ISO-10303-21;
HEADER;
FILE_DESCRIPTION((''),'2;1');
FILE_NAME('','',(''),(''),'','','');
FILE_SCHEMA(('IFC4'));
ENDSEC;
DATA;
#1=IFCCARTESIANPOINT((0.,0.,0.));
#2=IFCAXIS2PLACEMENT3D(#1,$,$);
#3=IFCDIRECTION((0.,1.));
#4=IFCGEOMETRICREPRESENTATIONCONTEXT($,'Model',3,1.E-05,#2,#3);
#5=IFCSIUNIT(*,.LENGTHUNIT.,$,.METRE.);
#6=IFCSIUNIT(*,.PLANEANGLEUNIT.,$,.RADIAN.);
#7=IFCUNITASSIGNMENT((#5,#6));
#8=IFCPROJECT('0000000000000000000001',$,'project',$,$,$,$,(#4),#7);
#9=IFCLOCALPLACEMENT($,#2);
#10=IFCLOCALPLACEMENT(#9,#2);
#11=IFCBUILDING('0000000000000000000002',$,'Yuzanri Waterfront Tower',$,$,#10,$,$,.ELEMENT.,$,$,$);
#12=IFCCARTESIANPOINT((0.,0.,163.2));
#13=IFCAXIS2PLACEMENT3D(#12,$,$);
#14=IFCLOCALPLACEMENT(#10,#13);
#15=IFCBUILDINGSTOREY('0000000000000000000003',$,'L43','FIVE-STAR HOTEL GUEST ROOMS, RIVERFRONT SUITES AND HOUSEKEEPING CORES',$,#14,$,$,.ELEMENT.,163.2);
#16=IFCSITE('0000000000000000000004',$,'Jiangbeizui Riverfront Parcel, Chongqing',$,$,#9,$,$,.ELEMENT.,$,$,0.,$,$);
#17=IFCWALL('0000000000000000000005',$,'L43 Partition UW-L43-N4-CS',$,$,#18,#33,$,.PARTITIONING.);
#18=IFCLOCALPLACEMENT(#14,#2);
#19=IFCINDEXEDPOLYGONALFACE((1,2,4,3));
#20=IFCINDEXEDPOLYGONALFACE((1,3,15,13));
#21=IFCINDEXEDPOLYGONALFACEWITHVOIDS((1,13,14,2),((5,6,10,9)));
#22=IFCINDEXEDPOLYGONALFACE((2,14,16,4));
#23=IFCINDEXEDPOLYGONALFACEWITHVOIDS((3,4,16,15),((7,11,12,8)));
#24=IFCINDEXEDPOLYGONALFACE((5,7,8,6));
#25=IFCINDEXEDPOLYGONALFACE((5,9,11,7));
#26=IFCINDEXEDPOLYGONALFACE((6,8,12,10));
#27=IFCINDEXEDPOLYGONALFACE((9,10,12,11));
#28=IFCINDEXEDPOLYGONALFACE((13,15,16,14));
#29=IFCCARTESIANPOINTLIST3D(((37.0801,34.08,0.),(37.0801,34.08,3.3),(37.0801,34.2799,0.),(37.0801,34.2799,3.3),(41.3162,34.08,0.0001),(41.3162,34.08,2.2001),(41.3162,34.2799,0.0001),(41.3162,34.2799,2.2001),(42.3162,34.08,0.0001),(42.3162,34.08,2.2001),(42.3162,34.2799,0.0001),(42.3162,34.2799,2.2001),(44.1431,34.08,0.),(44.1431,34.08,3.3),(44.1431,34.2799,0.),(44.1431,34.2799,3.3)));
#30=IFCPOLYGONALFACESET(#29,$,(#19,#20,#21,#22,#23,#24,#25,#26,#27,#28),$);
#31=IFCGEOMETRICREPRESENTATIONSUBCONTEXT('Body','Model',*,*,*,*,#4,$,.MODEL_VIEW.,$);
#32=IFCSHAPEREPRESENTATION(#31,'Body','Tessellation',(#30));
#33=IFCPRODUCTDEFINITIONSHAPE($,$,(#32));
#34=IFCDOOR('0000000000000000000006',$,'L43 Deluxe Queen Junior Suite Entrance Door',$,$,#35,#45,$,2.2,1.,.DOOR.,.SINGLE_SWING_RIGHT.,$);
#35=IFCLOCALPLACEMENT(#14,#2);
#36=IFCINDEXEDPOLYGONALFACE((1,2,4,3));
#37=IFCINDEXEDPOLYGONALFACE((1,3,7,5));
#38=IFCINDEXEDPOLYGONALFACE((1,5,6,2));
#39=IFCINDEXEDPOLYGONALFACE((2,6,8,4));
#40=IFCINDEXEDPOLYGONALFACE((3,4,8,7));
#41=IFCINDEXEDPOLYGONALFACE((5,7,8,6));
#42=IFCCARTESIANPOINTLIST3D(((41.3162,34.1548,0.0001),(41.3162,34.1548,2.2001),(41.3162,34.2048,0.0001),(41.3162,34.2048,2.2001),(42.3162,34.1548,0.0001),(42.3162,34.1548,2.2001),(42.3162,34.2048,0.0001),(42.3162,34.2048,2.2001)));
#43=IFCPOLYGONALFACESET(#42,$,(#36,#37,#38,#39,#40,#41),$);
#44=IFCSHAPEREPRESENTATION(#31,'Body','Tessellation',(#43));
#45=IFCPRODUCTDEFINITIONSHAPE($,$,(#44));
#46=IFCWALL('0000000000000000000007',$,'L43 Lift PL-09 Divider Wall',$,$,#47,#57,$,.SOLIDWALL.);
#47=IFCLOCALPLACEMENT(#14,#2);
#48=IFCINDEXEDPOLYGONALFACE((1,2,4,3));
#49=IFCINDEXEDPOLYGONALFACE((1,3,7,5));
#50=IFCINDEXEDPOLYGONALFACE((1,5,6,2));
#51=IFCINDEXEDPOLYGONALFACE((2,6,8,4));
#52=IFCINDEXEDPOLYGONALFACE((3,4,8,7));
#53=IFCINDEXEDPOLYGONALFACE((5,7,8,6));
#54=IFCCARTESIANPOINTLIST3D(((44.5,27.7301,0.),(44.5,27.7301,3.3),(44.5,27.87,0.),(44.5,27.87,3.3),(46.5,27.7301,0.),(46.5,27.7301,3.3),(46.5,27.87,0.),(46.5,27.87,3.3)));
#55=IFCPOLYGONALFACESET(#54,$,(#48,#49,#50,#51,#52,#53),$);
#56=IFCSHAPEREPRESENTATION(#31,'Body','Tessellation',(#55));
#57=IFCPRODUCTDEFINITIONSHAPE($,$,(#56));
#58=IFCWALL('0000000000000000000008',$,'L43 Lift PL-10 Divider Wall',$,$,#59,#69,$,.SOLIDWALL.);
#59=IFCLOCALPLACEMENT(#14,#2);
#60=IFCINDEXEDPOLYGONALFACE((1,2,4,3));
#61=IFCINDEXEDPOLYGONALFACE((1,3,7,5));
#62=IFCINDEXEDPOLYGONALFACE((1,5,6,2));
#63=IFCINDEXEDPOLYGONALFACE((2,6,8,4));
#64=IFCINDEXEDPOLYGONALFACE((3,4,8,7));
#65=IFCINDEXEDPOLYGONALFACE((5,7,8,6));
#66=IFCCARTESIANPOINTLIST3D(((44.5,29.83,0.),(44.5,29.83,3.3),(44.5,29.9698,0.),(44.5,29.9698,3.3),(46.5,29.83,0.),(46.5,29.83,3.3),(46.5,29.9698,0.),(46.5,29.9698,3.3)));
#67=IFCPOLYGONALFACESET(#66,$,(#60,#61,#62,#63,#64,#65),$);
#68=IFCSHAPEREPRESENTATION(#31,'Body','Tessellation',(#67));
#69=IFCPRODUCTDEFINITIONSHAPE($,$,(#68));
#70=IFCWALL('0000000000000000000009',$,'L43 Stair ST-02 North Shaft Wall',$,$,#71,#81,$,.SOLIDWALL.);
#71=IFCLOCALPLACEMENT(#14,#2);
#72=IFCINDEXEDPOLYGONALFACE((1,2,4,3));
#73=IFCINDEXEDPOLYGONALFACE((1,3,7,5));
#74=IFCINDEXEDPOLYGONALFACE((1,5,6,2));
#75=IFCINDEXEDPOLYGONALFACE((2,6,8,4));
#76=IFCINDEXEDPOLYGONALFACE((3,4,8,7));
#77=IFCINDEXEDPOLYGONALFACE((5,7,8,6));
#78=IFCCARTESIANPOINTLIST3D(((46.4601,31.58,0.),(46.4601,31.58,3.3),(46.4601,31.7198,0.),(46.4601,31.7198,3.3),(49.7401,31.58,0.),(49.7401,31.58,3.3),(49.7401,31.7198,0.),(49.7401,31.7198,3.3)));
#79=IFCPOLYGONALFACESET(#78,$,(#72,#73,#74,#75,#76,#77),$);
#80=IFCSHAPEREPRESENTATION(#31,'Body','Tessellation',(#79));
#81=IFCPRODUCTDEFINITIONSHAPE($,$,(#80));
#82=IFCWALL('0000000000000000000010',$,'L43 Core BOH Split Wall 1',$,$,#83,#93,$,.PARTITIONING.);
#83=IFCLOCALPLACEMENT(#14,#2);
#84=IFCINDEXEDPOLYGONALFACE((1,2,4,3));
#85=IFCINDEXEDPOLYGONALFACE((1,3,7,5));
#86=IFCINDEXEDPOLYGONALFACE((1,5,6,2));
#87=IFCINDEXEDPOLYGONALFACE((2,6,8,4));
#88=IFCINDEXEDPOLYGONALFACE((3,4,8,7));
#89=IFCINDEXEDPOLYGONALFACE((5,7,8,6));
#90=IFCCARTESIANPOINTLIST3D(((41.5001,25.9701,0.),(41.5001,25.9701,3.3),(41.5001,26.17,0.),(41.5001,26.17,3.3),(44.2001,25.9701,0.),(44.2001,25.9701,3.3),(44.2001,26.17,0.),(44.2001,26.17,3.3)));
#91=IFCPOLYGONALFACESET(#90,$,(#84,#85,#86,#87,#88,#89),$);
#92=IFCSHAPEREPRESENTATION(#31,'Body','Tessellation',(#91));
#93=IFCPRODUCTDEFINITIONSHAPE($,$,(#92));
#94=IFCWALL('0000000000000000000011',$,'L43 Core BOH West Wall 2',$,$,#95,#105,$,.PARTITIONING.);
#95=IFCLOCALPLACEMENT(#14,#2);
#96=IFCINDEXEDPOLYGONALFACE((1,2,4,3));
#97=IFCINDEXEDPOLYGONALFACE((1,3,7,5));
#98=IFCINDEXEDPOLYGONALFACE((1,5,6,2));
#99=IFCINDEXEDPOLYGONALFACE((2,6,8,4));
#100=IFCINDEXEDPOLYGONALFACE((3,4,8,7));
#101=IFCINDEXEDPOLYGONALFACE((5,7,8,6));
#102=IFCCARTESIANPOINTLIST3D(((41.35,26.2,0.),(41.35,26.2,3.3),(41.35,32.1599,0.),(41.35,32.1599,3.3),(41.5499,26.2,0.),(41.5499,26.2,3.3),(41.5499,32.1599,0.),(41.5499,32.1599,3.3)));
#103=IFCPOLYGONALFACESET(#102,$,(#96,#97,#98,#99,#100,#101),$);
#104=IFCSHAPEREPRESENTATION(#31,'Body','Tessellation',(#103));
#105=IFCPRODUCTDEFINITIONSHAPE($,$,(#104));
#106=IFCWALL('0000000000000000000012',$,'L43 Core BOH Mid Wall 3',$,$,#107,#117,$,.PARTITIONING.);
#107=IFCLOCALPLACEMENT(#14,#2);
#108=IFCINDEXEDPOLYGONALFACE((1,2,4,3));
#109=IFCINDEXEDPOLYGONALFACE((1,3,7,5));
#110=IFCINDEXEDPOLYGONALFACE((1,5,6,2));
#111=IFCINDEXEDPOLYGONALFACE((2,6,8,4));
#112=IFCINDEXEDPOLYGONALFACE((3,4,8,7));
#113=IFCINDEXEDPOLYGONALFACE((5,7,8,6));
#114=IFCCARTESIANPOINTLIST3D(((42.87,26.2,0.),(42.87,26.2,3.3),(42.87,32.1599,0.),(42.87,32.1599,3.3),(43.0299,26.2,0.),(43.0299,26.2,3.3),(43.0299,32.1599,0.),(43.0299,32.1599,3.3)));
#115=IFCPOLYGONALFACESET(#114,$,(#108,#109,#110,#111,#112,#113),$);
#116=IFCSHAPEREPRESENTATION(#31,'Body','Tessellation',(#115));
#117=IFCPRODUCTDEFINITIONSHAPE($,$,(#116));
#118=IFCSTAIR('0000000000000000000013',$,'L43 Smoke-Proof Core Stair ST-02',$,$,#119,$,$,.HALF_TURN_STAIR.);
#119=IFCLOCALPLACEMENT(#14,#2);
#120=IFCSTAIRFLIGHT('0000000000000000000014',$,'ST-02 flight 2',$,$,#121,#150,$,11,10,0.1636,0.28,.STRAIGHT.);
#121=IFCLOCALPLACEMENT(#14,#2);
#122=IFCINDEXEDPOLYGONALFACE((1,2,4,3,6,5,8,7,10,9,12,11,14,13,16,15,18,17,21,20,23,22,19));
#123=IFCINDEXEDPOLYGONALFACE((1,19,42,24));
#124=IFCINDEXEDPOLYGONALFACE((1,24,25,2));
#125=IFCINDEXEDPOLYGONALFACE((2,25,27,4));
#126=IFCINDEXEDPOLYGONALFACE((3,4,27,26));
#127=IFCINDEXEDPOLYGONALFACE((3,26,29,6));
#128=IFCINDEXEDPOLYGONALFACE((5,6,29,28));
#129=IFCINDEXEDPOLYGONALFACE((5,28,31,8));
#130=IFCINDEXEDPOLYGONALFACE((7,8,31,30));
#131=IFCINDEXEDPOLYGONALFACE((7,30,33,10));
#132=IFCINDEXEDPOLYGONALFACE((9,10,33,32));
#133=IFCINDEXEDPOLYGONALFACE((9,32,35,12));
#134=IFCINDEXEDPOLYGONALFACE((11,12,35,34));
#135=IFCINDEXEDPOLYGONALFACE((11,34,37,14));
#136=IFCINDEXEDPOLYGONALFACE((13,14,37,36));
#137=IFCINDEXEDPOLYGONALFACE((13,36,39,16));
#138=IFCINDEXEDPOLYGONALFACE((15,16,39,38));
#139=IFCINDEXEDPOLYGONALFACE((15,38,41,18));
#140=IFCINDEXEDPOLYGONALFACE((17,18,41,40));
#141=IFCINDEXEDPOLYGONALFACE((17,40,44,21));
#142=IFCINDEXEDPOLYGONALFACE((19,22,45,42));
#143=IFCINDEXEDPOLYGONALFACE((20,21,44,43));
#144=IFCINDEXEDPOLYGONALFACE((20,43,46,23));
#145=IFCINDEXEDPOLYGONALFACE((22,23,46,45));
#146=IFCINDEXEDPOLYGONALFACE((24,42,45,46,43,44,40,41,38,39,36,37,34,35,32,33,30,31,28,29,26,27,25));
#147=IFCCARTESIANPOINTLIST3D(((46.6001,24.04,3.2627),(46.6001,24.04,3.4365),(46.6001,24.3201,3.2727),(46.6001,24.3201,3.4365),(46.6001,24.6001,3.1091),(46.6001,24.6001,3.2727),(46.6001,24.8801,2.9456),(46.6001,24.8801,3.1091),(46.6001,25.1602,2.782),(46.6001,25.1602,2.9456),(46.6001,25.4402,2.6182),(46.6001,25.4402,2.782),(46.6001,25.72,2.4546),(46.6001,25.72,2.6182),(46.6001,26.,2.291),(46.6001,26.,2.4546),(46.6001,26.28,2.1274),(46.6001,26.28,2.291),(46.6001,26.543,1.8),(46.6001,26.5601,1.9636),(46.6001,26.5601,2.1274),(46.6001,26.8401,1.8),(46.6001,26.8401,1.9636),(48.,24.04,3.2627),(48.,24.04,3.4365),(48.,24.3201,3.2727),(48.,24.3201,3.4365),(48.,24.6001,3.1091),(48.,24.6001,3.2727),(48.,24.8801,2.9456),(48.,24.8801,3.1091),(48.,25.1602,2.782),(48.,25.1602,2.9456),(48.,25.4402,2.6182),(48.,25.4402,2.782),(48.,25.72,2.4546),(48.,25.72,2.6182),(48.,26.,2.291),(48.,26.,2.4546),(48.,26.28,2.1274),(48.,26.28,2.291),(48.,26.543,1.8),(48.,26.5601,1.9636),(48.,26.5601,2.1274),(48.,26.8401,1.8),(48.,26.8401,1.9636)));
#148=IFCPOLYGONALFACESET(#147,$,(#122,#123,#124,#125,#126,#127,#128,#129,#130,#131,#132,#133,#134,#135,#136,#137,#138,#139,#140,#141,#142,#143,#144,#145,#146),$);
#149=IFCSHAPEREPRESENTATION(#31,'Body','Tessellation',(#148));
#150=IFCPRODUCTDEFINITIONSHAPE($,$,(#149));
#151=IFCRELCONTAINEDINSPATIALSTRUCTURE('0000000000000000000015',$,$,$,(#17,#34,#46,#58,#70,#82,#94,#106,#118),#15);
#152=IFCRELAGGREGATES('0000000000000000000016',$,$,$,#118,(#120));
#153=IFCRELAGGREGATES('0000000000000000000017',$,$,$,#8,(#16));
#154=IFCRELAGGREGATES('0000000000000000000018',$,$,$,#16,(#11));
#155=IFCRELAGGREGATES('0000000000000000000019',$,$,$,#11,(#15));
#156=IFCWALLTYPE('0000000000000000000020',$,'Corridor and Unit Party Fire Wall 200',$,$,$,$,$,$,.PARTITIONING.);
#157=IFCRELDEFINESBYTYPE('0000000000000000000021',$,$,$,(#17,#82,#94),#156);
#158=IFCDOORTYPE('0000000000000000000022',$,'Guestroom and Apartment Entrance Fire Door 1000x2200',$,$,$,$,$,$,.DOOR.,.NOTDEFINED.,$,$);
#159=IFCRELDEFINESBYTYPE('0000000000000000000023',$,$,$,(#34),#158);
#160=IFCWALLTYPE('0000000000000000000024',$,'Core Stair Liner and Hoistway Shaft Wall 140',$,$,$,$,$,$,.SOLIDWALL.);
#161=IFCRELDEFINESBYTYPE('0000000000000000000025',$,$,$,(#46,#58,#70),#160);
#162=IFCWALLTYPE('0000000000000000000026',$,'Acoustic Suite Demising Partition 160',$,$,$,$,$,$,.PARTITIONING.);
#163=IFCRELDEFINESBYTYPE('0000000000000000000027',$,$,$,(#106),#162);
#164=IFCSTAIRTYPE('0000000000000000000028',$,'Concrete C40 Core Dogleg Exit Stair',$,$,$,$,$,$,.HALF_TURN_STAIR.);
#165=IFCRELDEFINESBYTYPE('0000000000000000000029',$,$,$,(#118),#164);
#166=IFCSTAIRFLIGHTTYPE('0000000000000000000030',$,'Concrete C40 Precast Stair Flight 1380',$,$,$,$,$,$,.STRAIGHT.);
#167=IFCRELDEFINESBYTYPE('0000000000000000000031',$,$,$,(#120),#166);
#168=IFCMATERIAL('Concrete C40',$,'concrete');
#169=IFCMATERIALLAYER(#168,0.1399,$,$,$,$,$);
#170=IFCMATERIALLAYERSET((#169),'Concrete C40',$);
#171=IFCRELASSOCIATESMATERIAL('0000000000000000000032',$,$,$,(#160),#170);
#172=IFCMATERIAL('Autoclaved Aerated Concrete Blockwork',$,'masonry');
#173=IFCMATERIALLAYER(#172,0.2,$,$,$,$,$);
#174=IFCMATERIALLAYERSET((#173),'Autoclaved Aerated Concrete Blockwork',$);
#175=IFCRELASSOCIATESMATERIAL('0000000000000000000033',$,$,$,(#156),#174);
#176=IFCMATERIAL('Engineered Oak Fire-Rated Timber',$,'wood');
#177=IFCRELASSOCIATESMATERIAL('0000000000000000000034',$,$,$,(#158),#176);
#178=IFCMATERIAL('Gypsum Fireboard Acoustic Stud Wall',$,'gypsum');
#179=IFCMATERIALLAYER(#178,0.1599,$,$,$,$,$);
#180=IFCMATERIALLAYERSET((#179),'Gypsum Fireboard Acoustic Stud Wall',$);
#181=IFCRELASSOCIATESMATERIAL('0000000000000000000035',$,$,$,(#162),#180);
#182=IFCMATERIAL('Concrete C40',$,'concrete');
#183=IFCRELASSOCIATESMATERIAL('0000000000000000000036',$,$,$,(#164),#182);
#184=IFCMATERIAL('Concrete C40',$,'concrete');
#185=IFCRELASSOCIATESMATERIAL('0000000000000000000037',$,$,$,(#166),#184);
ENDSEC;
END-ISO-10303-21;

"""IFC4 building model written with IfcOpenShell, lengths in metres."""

from ifc_helpers import new_model, si_unit, direction, frame, frame_2d, origin, place, context, subcontext, project, spatial, polyline, rectangle, outline, extrude, source, transform, mapped, material, layer, layer_set, type_object, element, fill, aggregate, save


model = new_model("IFC4")

# Units and contexts
model_context = context("Model", 3, precision=1e-05, world=origin(), true_north=direction((0.0, 1.0)))
body_context = subcontext(model_context, "Body", "Model", "MODEL_VIEW")
ifc_project = project(units=[si_unit("LENGTHUNIT", "METRE"), si_unit("PLANEANGLEUNIT", "RADIAN")], contexts=[model_context])

# Site, building, storey
site_placement = place(None, origin())
site = spatial("IfcSite", under=ifc_project, at=site_placement, Name="Jiangbeizui Riverfront Parcel, Chongqing", CompositionType="ELEMENT", RefElevation=0.0)
building_placement = place(site_placement, origin())
building = spatial("IfcBuilding", under=site, at=building_placement, Name="Yuzanri Waterfront Tower", CompositionType="ELEMENT")
storey_placement = place(building_placement, frame((0.0, 0.0, 163.2)))
storey = spatial("IfcBuildingStorey", under=building, at=storey_placement, Name="L43", Description="FIVE-STAR HOTEL GUEST ROOMS, RIVERFRONT SUITES AND HOUSEKEEPING CORES", CompositionType="ELEMENT", Elevation=163.2)

# Wall, opening, door
ifc_material_1 = material(Name="Concrete C40", Category="concrete")
ifc_layer_1 = layer(ifc_material_1, 0.1399)
ifc_layer_set_1 = layer_set([ifc_layer_1], Name="Concrete C40")
wall_type_1 = type_object("IfcWallType", Name="Core Stair Liner and Hoistway Shaft Wall 140", PredefinedType="SOLIDWALL", material=ifc_layer_set_1)
ifc_material_2 = material(Name="Autoclaved Aerated Concrete Blockwork", Category="masonry")
ifc_layer_2 = layer(ifc_material_2, 0.2)
ifc_layer_set_2 = layer_set([ifc_layer_2], Name="Autoclaved Aerated Concrete Blockwork")
wall_type_2 = type_object("IfcWallType", Name="Corridor and Unit Party Fire Wall 200", PredefinedType="PARTITIONING", material=ifc_layer_set_2)
wall_1_placement = place(storey_placement, frame((37.0801, 34.1799, 0.0), z_axis=(0.0, 0.0, 1.0), x_axis=(1.0, 0.0, 0.0)))
wall_1 = element("IfcWall", 1, at=wall_1_placement, inside=storey, type_object=wall_type_2, Name="L43 Partition UW-L43-N4-CS", PredefinedType="PARTITIONING", context=body_context, shape_type="SweptSolid", body=[
    extrude(rectangle(XDim=7.063, YDim=0.2, at=frame_2d((3.5315, 0.0))), origin(), (0.0, 0.0, 1.0), 3.3),
])
opening_1_placement = place(wall_1_placement, frame((4.2361, 0.0, 0.0)))
opening_1 = element("IfcOpeningElement", 2, at=opening_1_placement, cuts=wall_1, PredefinedType="OPENING", context=body_context, shape_type="SweptSolid", body=[
    extrude(rectangle(XDim=1.0, YDim=2.2, at=frame_2d((0.5, 1.1001))), frame((0.0, 0.1147, 0.0), z_axis=(0.0, -1.0, 0.0), x_axis=(1.0, 0.0, 0.0)), (0.0, 0.0, 1.0), 0.2297),
])
ifc_material_3 = material(Name="Engineered Oak Fire-Rated Timber", Category="wood")
door_type_1 = type_object("IfcDoorType", Name="Guestroom and Apartment Entrance Fire Door 1000x2200", OperationType="NOTDEFINED", PredefinedType="DOOR", material=ifc_material_3)
shared_shape_1 = source(origin(), body_context, "Body", "SweptSolid", [
    extrude(rectangle(XDim=1.0, YDim=2.2, at=frame_2d((0.5, 1.1001))), frame((0.0, 0.0249, 0.0), z_axis=(0.0, -1.0, 0.0), x_axis=(1.0, 0.0, 0.0)), (0.0, 0.0, 1.0), 0.05),
])
door_1_placement = place(opening_1_placement, origin())
door_1 = element("IfcDoor", 3, at=door_1_placement, inside=storey, type_object=door_type_1, Name="L43 Deluxe Queen Junior Suite Entrance Door", OperationType="SINGLE_SWING_RIGHT", OverallHeight=2.2, OverallWidth=1.0, PredefinedType="DOOR", context=body_context, shape_type="MappedRepresentation", body=[
    mapped(shared_shape_1, transform((0.0, 0.0, 0.0), scale=1.0)),
])
fill(opening_1, door_1)

# Walls
shared_shape_2 = source(origin(), body_context, "Body", "SweptSolid", [
    extrude(rectangle(XDim=2.0, YDim=0.1399, at=frame_2d((1.0, 0.0))), origin(), (0.0, 0.0, 1.0), 3.3),
])
for number, where, z_axis, x_axis, name in (
    (4, (44.5, 27.8, 0.0), (0.0, 0.0, 1.0), (1.0, 0.0, 0.0), "L43 Lift PL-09 Divider Wall"),
    (5, (44.5, 29.8999, 0.0), (0.0, 0.0, 1.0), (1.0, 0.0, 0.0), "L43 Lift PL-10 Divider Wall"),
):
    element("IfcWall", number, at=place(storey_placement, frame(where, z_axis=z_axis, x_axis=x_axis)), inside=storey, type_object=wall_type_1, Name=name, PredefinedType="SOLIDWALL", context=body_context, shape_type="MappedRepresentation", body=[
        mapped(shared_shape_2, transform((0.0, 0.0, 0.0), scale=1.0)),
    ])
shared_shape_3 = source(origin(), body_context, "Body", "SweptSolid", [
    extrude(rectangle(XDim=3.28, YDim=0.1399, at=frame_2d((1.6401, 0.0))), origin(), (0.0, 0.0, 1.0), 3.3),
])
wall_2_placement = place(storey_placement, frame((46.46, 31.6499, 0.0), z_axis=(0.0, 0.0, 1.0), x_axis=(1.0, 0.0, 0.0)))
element("IfcWall", 6, at=wall_2_placement, inside=storey, type_object=wall_type_1, Name="L43 Stair ST-02 North Shaft Wall", PredefinedType="SOLIDWALL", context=body_context, shape_type="MappedRepresentation", body=[
    mapped(shared_shape_3, transform((0.0, 0.0, 0.0), scale=1.0)),
])
shared_shape_4 = source(origin(), body_context, "Body", "SweptSolid", [
    extrude(rectangle(XDim=2.7, YDim=0.2, at=frame_2d((1.3501, 0.0))), origin(), (0.0, 0.0, 1.0), 3.3),
])
wall_3_placement = place(storey_placement, frame((41.5, 26.0701, 0.0), z_axis=(0.0, 0.0, 1.0), x_axis=(1.0, 0.0, 0.0)))
element("IfcWall", 7, at=wall_3_placement, inside=storey, type_object=wall_type_2, Name="L43 Core BOH Split Wall 1", PredefinedType="PARTITIONING", context=body_context, shape_type="MappedRepresentation", body=[
    mapped(shared_shape_4, transform((0.0, 0.0, 0.0), scale=1.0)),
])
shared_shape_5 = source(origin(), body_context, "Body", "SweptSolid", [
    extrude(rectangle(XDim=5.96, YDim=0.2, at=frame_2d((2.98, 0.0))), origin(), (0.0, 0.0, 1.0), 3.3),
])
wall_4_placement = place(storey_placement, frame((41.45, 26.2, 0.0), z_axis=(0.0, 0.0, 1.0), x_axis=(0.0, 1.0, 0.0)))
element("IfcWall", 8, at=wall_4_placement, inside=storey, type_object=wall_type_2, Name="L43 Core BOH West Wall 2", PredefinedType="PARTITIONING", context=body_context, shape_type="MappedRepresentation", body=[
    mapped(shared_shape_5, transform((0.0, 0.0, 0.0), scale=1.0)),
])
ifc_material_4 = material(Name="Gypsum Fireboard Acoustic Stud Wall", Category="gypsum")
ifc_layer_3 = layer(ifc_material_4, 0.1599)
ifc_layer_set_3 = layer_set([ifc_layer_3], Name="Gypsum Fireboard Acoustic Stud Wall")
wall_type_3 = type_object("IfcWallType", Name="Acoustic Suite Demising Partition 160", PredefinedType="PARTITIONING", material=ifc_layer_set_3)
shared_shape_6 = source(origin(), body_context, "Body", "SweptSolid", [
    extrude(rectangle(XDim=5.96, YDim=0.1599, at=frame_2d((2.98, 0.0))), origin(), (0.0, 0.0, 1.0), 3.3),
])
wall_5_placement = place(storey_placement, frame((42.95, 26.2, 0.0), z_axis=(0.0, 0.0, 1.0), x_axis=(0.0, 1.0, 0.0)))
element("IfcWall", 9, at=wall_5_placement, inside=storey, type_object=wall_type_3, Name="L43 Core BOH Mid Wall 3", PredefinedType="PARTITIONING", context=body_context, shape_type="MappedRepresentation", body=[
    mapped(shared_shape_6, transform((0.0, 0.0, 0.0), scale=1.0)),
])

# Stair, stair flight
ifc_material_5 = material(Name="Concrete C40", Category="concrete")
stair_type = type_object("IfcStairType", Name="Concrete C40 Core Dogleg Exit Stair", PredefinedType="HALF_TURN_STAIR", material=ifc_material_5)
stair_1_placement = place(storey_placement, origin())
stair_1 = element("IfcStair", 10, at=stair_1_placement, inside=storey, type_object=stair_type, Name="L43 Smoke-Proof Core Stair ST-02", PredefinedType="HALF_TURN_STAIR")
ifc_material_6 = material(Name="Concrete C40", Category="concrete")
stair_flight_type = type_object("IfcStairFlightType", Name="Concrete C40 Precast Stair Flight 1380", PredefinedType="STRAIGHT", material=ifc_material_6)
shared_shape_7 = source(origin(), body_context, "Body", "SweptSolid", [
    extrude(outline(polyline([(0.0, 0.0), (0.0, 0.1636), (0.28, 0.1636), (0.28, 0.3274), (0.5601, 0.3274), (0.5601, 0.491), (0.8401, 0.491), (0.8401, 0.6545), (1.1201, 0.6545), (1.1201, 0.8181), (1.3999, 0.8181), (1.3999, 0.9819), (1.6799, 0.9819), (1.6799, 1.1455), (1.96, 1.1455), (1.96, 1.3091), (2.24, 1.3091), (2.24, 1.4727), (2.52, 1.4727), (2.52, 1.6365), (2.8, 1.6365), (2.8, 1.8), (2.8, 1.4626), (0.2971, 0.0), (0.0, 0.0)])), frame((0.0, 0.7, 0.0), z_axis=(0.0, -1.0, 0.0), x_axis=(1.0, 0.0, 0.0)), (0.0, 0.0, 1.0), 1.3999),
])
stair_flight_1_placement = place(storey_placement, frame((47.3, 26.8401, 1.8), z_axis=(0.0, 0.0, 1.0), x_axis=(0.0, -1.0, 0.0)))
stair_flight_1 = element("IfcStairFlight", 11, at=stair_flight_1_placement, type_object=stair_flight_type, Name="ST-02 flight 2", NumberOfRisers=11, NumberOfTreads=10, PredefinedType="STRAIGHT", RiserHeight=0.1636, TreadLength=0.28, context=body_context, shape_type="MappedRepresentation", body=[
    mapped(shared_shape_7, transform((0.0, 0.0, 0.0), scale=1.0)),
])
aggregate(stair_1, [stair_flight_1])

save(model, "model.ifc")
